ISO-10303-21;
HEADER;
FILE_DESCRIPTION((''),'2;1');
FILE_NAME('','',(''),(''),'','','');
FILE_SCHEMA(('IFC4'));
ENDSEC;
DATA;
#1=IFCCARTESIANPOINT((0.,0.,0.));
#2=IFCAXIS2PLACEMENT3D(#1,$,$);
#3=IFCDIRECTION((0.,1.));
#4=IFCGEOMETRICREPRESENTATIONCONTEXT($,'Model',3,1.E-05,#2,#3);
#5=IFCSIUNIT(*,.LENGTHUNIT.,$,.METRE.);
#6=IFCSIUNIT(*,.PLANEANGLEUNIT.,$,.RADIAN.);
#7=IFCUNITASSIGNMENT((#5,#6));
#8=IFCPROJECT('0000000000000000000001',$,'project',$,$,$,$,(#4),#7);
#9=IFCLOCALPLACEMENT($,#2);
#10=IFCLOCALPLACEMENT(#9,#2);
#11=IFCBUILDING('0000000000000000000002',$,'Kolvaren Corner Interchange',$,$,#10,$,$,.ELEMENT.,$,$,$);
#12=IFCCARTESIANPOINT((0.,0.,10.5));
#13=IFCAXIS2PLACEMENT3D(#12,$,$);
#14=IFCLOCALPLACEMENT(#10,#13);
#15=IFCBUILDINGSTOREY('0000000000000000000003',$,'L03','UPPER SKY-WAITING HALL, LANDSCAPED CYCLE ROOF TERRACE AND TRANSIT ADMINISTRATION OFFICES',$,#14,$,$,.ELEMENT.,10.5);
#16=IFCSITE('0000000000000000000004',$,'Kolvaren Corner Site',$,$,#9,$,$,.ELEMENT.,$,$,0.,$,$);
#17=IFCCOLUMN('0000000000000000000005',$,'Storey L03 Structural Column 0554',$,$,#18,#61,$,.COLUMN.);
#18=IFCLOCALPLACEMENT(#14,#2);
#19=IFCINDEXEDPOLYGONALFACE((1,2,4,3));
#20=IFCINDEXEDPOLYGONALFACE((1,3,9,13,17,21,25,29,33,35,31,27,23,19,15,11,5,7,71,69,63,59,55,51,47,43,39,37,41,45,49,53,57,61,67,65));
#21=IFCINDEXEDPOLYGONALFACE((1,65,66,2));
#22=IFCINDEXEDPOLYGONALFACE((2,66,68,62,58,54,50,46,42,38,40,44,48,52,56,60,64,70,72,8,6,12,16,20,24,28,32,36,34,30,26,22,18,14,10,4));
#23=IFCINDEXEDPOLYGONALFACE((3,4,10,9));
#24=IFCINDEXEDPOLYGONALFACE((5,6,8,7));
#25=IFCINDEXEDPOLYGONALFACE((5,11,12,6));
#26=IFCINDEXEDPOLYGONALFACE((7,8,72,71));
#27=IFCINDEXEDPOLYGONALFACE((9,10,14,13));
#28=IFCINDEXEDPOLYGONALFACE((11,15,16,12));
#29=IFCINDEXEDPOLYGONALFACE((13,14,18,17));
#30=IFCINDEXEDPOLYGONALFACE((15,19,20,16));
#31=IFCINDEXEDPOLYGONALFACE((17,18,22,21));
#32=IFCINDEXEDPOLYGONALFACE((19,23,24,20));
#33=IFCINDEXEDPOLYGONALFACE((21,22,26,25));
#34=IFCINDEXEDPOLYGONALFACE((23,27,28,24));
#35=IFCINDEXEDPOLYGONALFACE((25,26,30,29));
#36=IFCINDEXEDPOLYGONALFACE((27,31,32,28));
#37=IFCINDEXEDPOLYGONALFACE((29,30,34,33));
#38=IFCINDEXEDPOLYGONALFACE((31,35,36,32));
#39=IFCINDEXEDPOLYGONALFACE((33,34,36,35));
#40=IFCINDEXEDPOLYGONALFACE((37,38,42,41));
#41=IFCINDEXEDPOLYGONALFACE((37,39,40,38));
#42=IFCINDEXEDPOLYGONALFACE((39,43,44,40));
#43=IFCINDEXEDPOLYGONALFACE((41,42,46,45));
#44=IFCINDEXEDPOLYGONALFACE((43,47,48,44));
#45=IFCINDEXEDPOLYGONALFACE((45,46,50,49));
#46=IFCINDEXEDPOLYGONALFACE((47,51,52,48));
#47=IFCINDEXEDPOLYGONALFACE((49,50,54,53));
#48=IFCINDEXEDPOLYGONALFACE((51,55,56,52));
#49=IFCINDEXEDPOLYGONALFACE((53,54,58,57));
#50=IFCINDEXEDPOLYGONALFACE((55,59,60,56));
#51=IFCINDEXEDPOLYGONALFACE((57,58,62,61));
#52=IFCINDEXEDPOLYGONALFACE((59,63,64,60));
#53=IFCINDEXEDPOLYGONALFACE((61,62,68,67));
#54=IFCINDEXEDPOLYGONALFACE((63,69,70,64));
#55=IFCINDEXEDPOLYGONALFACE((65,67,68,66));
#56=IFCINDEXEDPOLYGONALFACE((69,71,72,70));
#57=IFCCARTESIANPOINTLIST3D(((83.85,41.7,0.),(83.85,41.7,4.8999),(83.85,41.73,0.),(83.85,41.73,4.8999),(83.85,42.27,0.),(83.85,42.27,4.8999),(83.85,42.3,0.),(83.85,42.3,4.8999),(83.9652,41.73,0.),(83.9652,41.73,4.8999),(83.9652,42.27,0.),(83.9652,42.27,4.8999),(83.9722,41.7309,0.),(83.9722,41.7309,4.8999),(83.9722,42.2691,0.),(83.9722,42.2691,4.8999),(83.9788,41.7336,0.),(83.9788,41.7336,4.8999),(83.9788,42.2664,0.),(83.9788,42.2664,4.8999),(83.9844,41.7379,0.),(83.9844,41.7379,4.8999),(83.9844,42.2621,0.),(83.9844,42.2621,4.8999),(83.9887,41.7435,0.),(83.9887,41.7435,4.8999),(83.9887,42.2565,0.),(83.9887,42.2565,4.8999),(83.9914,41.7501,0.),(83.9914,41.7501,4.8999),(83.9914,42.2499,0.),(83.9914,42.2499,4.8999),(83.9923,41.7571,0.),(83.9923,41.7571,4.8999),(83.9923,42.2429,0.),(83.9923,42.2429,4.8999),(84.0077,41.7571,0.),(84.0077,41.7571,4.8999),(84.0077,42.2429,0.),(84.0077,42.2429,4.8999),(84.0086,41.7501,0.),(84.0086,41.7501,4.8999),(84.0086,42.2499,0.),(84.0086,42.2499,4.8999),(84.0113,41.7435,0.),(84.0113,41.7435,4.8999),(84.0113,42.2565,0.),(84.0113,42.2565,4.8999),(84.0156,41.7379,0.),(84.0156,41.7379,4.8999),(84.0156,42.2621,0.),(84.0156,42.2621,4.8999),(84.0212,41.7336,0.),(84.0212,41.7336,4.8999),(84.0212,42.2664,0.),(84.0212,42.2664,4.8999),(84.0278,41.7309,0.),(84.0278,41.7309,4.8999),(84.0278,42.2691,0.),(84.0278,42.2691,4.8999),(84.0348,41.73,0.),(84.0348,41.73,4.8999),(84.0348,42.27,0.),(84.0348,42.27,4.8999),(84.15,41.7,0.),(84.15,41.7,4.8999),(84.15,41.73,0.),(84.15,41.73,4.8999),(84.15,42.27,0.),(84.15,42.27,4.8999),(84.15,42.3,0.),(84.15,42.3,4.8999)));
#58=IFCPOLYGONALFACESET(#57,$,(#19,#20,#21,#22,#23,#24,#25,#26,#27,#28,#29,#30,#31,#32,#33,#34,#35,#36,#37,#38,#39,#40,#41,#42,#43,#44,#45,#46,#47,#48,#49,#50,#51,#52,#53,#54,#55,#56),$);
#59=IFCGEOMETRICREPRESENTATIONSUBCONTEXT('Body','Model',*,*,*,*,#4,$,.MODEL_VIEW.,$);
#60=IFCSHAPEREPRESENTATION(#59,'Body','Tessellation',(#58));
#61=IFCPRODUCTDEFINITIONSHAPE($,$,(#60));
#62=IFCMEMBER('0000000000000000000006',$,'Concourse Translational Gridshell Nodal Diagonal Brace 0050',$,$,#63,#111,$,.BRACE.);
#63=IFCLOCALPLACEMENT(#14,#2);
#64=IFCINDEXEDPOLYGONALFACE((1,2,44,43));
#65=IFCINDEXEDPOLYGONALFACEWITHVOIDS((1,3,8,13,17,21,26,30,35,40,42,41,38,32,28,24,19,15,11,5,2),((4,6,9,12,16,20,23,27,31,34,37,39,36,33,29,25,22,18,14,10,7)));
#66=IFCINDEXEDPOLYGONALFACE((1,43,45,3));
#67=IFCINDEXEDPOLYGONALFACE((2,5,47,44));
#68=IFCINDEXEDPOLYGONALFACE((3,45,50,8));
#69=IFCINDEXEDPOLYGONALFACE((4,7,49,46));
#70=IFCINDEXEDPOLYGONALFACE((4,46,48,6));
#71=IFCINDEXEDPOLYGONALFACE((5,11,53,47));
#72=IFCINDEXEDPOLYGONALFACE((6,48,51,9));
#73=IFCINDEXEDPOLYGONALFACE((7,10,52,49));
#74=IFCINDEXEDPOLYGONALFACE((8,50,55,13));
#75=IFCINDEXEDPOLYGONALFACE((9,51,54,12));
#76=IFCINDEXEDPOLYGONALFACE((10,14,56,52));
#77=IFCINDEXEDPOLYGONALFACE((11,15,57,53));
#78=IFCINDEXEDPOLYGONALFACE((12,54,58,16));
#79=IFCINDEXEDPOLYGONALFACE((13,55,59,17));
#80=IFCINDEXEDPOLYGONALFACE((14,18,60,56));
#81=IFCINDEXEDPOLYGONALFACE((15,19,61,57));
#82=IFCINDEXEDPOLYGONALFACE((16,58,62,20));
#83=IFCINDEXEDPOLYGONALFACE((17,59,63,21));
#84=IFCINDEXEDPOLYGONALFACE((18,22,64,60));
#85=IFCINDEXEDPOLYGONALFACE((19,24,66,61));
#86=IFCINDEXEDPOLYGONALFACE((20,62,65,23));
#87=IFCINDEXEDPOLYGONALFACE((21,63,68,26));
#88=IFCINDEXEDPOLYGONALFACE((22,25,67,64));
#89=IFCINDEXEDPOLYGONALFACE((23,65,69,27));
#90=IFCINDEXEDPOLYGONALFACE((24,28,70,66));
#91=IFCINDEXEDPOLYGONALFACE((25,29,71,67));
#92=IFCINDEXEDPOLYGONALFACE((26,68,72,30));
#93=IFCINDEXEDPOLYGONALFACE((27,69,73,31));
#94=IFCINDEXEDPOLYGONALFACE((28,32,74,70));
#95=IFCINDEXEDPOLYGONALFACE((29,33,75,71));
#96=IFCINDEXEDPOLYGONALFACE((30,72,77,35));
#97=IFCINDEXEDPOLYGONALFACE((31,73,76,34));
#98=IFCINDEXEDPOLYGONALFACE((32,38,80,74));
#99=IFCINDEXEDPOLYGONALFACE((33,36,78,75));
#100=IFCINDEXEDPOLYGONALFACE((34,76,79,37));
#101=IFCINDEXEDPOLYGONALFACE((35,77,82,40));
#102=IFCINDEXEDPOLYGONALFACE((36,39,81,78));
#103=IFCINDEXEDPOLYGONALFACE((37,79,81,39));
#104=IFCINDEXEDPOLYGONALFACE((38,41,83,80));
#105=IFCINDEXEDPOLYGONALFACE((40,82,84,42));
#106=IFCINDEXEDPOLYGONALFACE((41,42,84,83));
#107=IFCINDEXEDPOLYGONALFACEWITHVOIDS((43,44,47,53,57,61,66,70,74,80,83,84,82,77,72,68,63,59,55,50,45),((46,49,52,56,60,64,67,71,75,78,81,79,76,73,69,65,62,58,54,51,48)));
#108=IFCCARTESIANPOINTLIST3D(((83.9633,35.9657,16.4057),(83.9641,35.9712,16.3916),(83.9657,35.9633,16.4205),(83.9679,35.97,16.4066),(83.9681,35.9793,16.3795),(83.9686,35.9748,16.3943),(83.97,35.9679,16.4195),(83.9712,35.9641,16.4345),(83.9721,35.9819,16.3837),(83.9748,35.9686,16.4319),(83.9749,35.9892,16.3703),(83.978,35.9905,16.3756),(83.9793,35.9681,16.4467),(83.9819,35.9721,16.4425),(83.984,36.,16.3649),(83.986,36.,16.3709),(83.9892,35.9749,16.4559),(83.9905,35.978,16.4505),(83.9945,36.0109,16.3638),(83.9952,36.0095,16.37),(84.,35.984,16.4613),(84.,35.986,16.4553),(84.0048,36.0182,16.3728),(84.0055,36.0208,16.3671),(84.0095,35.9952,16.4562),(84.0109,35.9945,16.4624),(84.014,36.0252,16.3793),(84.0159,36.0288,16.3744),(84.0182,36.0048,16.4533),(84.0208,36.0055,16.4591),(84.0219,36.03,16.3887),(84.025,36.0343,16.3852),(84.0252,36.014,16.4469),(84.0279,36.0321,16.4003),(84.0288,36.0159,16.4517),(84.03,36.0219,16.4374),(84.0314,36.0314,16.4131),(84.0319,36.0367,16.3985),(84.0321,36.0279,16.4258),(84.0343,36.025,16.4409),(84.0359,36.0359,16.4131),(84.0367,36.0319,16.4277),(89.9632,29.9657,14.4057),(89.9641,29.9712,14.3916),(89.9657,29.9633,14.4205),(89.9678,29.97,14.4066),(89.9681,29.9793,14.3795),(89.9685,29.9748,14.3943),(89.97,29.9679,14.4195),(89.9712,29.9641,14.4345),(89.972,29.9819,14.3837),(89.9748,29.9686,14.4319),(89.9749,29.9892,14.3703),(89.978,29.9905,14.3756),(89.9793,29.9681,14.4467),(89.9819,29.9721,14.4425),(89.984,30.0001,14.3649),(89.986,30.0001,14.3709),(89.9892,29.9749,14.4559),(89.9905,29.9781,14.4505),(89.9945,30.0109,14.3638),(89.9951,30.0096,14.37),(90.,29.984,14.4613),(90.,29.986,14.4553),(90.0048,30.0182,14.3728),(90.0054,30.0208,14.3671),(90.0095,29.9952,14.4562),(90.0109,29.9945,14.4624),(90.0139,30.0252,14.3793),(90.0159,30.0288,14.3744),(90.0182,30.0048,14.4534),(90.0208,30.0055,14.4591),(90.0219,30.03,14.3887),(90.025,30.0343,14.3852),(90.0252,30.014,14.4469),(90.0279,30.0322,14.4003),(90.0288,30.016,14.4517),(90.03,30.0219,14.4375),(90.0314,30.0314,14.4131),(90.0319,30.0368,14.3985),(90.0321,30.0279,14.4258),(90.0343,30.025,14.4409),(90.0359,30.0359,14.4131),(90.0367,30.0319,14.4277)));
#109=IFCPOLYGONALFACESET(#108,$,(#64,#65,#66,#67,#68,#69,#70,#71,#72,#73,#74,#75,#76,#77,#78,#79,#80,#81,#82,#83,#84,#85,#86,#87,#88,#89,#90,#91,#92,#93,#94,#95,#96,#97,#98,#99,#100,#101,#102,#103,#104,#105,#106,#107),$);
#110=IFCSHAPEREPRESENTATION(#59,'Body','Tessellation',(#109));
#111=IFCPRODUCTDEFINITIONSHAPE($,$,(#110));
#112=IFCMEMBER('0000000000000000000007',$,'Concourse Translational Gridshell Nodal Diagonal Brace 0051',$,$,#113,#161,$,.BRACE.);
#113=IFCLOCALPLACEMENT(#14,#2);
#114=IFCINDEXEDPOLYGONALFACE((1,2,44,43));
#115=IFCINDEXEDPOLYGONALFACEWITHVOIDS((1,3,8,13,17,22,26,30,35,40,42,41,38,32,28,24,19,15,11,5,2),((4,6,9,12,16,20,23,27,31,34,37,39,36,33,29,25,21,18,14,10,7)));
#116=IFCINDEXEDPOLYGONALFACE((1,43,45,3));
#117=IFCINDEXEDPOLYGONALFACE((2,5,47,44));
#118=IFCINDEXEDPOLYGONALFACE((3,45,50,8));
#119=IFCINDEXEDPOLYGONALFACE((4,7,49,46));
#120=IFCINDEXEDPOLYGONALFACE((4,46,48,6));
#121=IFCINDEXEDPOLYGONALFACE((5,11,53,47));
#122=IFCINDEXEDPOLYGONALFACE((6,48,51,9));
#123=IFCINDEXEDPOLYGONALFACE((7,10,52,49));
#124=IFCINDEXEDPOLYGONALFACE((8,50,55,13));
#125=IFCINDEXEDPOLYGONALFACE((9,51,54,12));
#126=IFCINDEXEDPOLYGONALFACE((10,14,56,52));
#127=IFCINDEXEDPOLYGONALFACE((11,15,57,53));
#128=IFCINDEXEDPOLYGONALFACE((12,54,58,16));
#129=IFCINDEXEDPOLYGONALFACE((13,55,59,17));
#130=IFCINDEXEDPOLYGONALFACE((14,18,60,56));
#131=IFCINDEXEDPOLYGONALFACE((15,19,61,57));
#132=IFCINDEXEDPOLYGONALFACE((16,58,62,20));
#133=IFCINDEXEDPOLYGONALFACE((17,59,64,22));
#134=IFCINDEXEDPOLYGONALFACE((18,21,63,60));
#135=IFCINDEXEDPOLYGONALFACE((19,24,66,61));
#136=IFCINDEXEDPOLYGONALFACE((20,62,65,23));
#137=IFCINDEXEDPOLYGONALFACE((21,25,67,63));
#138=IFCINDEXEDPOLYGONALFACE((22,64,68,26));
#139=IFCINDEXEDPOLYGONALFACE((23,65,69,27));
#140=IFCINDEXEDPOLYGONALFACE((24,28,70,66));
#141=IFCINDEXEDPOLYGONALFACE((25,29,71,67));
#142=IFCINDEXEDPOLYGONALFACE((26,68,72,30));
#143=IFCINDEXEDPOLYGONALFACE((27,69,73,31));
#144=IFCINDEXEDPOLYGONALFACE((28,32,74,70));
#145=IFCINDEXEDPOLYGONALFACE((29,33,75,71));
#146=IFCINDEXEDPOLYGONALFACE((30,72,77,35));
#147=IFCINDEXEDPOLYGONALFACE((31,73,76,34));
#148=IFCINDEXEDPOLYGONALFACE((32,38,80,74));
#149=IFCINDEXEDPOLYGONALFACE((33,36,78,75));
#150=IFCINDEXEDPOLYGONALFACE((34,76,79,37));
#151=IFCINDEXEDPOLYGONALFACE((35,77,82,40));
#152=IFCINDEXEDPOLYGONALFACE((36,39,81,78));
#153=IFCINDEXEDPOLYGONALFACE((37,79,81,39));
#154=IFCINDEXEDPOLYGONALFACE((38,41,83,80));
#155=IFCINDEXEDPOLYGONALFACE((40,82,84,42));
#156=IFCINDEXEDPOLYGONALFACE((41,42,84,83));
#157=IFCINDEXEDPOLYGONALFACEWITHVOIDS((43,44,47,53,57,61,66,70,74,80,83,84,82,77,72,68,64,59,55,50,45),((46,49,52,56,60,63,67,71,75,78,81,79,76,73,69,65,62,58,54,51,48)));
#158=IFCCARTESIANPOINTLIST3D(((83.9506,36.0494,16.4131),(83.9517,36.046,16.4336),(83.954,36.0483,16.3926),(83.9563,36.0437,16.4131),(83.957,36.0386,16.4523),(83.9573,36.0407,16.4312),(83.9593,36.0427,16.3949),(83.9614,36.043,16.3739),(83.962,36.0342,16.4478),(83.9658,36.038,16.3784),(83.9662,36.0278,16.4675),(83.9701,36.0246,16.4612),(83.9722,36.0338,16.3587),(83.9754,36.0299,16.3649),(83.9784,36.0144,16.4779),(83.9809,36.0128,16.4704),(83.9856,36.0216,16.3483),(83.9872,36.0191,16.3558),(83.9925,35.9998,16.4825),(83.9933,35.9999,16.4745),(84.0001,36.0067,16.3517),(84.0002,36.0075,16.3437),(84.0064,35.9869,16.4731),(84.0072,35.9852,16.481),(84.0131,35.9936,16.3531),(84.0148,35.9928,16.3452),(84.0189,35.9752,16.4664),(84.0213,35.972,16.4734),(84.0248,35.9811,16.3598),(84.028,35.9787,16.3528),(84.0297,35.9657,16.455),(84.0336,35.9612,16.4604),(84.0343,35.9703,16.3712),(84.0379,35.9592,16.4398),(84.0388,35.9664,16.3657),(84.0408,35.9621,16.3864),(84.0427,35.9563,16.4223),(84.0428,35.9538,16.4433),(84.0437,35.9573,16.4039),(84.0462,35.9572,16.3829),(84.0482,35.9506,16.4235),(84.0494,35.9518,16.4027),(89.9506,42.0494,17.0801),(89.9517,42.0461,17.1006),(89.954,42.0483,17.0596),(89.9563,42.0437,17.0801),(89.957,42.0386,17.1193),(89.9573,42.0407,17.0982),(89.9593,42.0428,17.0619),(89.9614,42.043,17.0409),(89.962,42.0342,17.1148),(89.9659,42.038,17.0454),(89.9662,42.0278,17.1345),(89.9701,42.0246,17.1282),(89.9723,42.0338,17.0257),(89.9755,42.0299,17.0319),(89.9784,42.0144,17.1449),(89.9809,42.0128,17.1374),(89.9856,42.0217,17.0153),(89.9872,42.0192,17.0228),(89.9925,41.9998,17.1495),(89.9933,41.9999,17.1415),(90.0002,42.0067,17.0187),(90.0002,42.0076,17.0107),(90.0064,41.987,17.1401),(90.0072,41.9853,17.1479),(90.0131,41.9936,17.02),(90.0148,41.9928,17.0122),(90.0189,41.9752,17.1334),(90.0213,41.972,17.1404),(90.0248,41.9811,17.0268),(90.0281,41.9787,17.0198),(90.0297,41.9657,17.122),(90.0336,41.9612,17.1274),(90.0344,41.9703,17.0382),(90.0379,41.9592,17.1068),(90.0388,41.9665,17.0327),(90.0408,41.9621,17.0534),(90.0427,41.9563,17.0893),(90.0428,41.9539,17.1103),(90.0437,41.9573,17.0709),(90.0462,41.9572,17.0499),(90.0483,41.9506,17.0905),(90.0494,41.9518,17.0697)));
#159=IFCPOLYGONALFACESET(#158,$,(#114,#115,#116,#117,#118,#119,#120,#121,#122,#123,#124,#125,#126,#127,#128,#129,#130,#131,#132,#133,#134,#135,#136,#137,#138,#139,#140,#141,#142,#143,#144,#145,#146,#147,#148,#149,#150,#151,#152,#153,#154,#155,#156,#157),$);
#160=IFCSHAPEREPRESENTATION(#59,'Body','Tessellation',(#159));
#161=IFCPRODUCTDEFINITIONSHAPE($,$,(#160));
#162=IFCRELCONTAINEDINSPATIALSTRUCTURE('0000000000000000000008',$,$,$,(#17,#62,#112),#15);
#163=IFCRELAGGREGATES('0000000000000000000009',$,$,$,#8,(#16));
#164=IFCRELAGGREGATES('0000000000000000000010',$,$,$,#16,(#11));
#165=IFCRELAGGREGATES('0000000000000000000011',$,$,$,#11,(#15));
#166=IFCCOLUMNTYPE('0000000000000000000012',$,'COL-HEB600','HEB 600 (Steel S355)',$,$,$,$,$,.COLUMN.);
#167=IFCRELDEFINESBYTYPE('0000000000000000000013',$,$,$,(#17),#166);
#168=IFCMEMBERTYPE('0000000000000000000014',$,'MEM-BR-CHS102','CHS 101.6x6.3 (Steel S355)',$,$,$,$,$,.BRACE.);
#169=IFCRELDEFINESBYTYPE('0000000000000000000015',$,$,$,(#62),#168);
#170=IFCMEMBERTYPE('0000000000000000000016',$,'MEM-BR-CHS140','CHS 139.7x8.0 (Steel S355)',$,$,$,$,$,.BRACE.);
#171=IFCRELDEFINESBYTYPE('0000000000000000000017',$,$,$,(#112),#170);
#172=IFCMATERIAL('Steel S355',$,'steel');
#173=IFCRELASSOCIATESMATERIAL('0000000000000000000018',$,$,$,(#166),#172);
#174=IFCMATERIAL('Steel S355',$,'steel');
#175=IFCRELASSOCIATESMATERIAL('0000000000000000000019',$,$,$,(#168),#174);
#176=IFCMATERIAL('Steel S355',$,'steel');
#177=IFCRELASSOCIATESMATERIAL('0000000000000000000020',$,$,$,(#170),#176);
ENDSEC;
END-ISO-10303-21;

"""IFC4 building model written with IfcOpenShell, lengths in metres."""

from ifc_helpers import new_model, si_unit, direction, frame, origin, origin_2d, place, context, subcontext, project, spatial, hollow_circle, i_section, extrude, material, material_profile, profile_set, type_object, element, save


model = new_model("IFC4")

# Units and contexts
model_context = context("Model", 3, precision=1e-05, world=origin(), true_north=direction((0.0, 1.0)))
body_context = subcontext(model_context, "Body", "Model", "MODEL_VIEW")
ifc_project = project(units=[si_unit("LENGTHUNIT", "METRE"), si_unit("PLANEANGLEUNIT", "RADIAN")], contexts=[model_context])

# Site, building, storey
site_placement = place(None, origin())
site = spatial("IfcSite", under=ifc_project, at=site_placement, Name="Kolvaren Corner Site", CompositionType="ELEMENT", RefElevation=0.0)
building_placement = place(site_placement, origin())
building = spatial("IfcBuilding", under=site, at=building_placement, Name="Kolvaren Corner Interchange", CompositionType="ELEMENT")
storey_placement = place(building_placement, frame((0.0, 0.0, 10.5)))
storey = spatial("IfcBuildingStorey", under=building, at=storey_placement, Name="L03", Description="UPPER SKY-WAITING HALL, LANDSCAPED CYCLE ROOF TERRACE AND TRANSIT ADMINISTRATION OFFICES", CompositionType="ELEMENT", Elevation=10.5)

# Column
ifc_material_1 = material(Name="Steel S355", Category="steel")
ifc_material_profile_1 = material_profile(ifc_material_1, i_section(OverallWidth=0.3, OverallDepth=0.6001, WebThickness=0.0154, FlangeThickness=0.03, FilletRadius=0.0271, at=origin_2d()), Name="HEB 600")
ifc_profile_set_1 = profile_set([ifc_material_profile_1], Name="Steel S355")
column_type = type_object("IfcColumnType", Name="COL-HEB600", Description="HEB 600 (Steel S355)", PredefinedType="COLUMN", material=ifc_profile_set_1)
column_placement = place(storey_placement, frame((84.0, 42.0, 0.0), z_axis=(0.0, 0.0, 1.0), x_axis=(1.0, 0.0, 0.0)))
element("IfcColumn", 1, at=column_placement, inside=storey, type_object=column_type, Name="Storey L03 Structural Column 0554", PredefinedType="COLUMN", context=body_context, shape_type="SweptSolid", body=[
    extrude(i_section(OverallWidth=0.3, OverallDepth=0.6001, WebThickness=0.0154, FlangeThickness=0.03, FilletRadius=0.0271, at=origin_2d()), origin(), (0.0, 0.0, 1.0), 4.8999),
])

# Members
ifc_material_2 = material(Name="Steel S355", Category="steel")
ifc_material_profile_2 = material_profile(ifc_material_2, hollow_circle(Radius=0.0508, WallThickness=0.0063, at=origin_2d()), Name="CHS 101.6x6.3")
ifc_profile_set_2 = profile_set([ifc_material_profile_2], Name="Steel S355")
member_type_1 = type_object("IfcMemberType", Name="MEM-BR-CHS102", Description="CHS 101.6x6.3 (Steel S355)", PredefinedType="BRACE", material=ifc_profile_set_2)
member_1_placement = place(storey_placement, frame((84.0, 36.0, 16.4131), z_axis=(0.688247, -0.688247, -0.229416), x_axis=(0.707107, 0.707107, 0.0)))
element("IfcMember", 2, at=member_1_placement, inside=storey, type_object=member_type_1, Name="Concourse Translational Gridshell Nodal Diagonal Brace 0050", PredefinedType="BRACE", context=body_context, shape_type="SweptSolid", body=[
    extrude(hollow_circle(Radius=0.0508, WallThickness=0.0063, at=origin_2d()), origin(), (0.0, 0.0, 1.0), 8.7178),
])
ifc_material_3 = material(Name="Steel S355", Category="steel")
ifc_material_profile_3 = material_profile(ifc_material_3, hollow_circle(Radius=0.0698, WallThickness=0.0081, at=origin_2d()), Name="CHS 139.7x8.0")
ifc_profile_set_3 = profile_set([ifc_material_profile_3], Name="Steel S355")
member_type_2 = type_object("IfcMemberType", Name="MEM-BR-CHS140", Description="CHS 139.7x8.0 (Steel S355)", PredefinedType="BRACE", material=ifc_profile_set_3)
member_2_placement = place(storey_placement, frame((84.0, 36.0, 16.4131), z_axis=(0.704932, 0.704932, 0.078364), x_axis=(-0.707107, 0.707107, 0.0)))
element("IfcMember", 3, at=member_2_placement, inside=storey, type_object=member_type_2, Name="Concourse Translational Gridshell Nodal Diagonal Brace 0051", PredefinedType="BRACE", context=body_context, shape_type="SweptSolid", body=[
    extrude(hollow_circle(Radius=0.0698, WallThickness=0.0081, at=origin_2d()), origin(), (0.0, 0.0, 1.0), 8.5115),
])

save(model, "model.ifc")
